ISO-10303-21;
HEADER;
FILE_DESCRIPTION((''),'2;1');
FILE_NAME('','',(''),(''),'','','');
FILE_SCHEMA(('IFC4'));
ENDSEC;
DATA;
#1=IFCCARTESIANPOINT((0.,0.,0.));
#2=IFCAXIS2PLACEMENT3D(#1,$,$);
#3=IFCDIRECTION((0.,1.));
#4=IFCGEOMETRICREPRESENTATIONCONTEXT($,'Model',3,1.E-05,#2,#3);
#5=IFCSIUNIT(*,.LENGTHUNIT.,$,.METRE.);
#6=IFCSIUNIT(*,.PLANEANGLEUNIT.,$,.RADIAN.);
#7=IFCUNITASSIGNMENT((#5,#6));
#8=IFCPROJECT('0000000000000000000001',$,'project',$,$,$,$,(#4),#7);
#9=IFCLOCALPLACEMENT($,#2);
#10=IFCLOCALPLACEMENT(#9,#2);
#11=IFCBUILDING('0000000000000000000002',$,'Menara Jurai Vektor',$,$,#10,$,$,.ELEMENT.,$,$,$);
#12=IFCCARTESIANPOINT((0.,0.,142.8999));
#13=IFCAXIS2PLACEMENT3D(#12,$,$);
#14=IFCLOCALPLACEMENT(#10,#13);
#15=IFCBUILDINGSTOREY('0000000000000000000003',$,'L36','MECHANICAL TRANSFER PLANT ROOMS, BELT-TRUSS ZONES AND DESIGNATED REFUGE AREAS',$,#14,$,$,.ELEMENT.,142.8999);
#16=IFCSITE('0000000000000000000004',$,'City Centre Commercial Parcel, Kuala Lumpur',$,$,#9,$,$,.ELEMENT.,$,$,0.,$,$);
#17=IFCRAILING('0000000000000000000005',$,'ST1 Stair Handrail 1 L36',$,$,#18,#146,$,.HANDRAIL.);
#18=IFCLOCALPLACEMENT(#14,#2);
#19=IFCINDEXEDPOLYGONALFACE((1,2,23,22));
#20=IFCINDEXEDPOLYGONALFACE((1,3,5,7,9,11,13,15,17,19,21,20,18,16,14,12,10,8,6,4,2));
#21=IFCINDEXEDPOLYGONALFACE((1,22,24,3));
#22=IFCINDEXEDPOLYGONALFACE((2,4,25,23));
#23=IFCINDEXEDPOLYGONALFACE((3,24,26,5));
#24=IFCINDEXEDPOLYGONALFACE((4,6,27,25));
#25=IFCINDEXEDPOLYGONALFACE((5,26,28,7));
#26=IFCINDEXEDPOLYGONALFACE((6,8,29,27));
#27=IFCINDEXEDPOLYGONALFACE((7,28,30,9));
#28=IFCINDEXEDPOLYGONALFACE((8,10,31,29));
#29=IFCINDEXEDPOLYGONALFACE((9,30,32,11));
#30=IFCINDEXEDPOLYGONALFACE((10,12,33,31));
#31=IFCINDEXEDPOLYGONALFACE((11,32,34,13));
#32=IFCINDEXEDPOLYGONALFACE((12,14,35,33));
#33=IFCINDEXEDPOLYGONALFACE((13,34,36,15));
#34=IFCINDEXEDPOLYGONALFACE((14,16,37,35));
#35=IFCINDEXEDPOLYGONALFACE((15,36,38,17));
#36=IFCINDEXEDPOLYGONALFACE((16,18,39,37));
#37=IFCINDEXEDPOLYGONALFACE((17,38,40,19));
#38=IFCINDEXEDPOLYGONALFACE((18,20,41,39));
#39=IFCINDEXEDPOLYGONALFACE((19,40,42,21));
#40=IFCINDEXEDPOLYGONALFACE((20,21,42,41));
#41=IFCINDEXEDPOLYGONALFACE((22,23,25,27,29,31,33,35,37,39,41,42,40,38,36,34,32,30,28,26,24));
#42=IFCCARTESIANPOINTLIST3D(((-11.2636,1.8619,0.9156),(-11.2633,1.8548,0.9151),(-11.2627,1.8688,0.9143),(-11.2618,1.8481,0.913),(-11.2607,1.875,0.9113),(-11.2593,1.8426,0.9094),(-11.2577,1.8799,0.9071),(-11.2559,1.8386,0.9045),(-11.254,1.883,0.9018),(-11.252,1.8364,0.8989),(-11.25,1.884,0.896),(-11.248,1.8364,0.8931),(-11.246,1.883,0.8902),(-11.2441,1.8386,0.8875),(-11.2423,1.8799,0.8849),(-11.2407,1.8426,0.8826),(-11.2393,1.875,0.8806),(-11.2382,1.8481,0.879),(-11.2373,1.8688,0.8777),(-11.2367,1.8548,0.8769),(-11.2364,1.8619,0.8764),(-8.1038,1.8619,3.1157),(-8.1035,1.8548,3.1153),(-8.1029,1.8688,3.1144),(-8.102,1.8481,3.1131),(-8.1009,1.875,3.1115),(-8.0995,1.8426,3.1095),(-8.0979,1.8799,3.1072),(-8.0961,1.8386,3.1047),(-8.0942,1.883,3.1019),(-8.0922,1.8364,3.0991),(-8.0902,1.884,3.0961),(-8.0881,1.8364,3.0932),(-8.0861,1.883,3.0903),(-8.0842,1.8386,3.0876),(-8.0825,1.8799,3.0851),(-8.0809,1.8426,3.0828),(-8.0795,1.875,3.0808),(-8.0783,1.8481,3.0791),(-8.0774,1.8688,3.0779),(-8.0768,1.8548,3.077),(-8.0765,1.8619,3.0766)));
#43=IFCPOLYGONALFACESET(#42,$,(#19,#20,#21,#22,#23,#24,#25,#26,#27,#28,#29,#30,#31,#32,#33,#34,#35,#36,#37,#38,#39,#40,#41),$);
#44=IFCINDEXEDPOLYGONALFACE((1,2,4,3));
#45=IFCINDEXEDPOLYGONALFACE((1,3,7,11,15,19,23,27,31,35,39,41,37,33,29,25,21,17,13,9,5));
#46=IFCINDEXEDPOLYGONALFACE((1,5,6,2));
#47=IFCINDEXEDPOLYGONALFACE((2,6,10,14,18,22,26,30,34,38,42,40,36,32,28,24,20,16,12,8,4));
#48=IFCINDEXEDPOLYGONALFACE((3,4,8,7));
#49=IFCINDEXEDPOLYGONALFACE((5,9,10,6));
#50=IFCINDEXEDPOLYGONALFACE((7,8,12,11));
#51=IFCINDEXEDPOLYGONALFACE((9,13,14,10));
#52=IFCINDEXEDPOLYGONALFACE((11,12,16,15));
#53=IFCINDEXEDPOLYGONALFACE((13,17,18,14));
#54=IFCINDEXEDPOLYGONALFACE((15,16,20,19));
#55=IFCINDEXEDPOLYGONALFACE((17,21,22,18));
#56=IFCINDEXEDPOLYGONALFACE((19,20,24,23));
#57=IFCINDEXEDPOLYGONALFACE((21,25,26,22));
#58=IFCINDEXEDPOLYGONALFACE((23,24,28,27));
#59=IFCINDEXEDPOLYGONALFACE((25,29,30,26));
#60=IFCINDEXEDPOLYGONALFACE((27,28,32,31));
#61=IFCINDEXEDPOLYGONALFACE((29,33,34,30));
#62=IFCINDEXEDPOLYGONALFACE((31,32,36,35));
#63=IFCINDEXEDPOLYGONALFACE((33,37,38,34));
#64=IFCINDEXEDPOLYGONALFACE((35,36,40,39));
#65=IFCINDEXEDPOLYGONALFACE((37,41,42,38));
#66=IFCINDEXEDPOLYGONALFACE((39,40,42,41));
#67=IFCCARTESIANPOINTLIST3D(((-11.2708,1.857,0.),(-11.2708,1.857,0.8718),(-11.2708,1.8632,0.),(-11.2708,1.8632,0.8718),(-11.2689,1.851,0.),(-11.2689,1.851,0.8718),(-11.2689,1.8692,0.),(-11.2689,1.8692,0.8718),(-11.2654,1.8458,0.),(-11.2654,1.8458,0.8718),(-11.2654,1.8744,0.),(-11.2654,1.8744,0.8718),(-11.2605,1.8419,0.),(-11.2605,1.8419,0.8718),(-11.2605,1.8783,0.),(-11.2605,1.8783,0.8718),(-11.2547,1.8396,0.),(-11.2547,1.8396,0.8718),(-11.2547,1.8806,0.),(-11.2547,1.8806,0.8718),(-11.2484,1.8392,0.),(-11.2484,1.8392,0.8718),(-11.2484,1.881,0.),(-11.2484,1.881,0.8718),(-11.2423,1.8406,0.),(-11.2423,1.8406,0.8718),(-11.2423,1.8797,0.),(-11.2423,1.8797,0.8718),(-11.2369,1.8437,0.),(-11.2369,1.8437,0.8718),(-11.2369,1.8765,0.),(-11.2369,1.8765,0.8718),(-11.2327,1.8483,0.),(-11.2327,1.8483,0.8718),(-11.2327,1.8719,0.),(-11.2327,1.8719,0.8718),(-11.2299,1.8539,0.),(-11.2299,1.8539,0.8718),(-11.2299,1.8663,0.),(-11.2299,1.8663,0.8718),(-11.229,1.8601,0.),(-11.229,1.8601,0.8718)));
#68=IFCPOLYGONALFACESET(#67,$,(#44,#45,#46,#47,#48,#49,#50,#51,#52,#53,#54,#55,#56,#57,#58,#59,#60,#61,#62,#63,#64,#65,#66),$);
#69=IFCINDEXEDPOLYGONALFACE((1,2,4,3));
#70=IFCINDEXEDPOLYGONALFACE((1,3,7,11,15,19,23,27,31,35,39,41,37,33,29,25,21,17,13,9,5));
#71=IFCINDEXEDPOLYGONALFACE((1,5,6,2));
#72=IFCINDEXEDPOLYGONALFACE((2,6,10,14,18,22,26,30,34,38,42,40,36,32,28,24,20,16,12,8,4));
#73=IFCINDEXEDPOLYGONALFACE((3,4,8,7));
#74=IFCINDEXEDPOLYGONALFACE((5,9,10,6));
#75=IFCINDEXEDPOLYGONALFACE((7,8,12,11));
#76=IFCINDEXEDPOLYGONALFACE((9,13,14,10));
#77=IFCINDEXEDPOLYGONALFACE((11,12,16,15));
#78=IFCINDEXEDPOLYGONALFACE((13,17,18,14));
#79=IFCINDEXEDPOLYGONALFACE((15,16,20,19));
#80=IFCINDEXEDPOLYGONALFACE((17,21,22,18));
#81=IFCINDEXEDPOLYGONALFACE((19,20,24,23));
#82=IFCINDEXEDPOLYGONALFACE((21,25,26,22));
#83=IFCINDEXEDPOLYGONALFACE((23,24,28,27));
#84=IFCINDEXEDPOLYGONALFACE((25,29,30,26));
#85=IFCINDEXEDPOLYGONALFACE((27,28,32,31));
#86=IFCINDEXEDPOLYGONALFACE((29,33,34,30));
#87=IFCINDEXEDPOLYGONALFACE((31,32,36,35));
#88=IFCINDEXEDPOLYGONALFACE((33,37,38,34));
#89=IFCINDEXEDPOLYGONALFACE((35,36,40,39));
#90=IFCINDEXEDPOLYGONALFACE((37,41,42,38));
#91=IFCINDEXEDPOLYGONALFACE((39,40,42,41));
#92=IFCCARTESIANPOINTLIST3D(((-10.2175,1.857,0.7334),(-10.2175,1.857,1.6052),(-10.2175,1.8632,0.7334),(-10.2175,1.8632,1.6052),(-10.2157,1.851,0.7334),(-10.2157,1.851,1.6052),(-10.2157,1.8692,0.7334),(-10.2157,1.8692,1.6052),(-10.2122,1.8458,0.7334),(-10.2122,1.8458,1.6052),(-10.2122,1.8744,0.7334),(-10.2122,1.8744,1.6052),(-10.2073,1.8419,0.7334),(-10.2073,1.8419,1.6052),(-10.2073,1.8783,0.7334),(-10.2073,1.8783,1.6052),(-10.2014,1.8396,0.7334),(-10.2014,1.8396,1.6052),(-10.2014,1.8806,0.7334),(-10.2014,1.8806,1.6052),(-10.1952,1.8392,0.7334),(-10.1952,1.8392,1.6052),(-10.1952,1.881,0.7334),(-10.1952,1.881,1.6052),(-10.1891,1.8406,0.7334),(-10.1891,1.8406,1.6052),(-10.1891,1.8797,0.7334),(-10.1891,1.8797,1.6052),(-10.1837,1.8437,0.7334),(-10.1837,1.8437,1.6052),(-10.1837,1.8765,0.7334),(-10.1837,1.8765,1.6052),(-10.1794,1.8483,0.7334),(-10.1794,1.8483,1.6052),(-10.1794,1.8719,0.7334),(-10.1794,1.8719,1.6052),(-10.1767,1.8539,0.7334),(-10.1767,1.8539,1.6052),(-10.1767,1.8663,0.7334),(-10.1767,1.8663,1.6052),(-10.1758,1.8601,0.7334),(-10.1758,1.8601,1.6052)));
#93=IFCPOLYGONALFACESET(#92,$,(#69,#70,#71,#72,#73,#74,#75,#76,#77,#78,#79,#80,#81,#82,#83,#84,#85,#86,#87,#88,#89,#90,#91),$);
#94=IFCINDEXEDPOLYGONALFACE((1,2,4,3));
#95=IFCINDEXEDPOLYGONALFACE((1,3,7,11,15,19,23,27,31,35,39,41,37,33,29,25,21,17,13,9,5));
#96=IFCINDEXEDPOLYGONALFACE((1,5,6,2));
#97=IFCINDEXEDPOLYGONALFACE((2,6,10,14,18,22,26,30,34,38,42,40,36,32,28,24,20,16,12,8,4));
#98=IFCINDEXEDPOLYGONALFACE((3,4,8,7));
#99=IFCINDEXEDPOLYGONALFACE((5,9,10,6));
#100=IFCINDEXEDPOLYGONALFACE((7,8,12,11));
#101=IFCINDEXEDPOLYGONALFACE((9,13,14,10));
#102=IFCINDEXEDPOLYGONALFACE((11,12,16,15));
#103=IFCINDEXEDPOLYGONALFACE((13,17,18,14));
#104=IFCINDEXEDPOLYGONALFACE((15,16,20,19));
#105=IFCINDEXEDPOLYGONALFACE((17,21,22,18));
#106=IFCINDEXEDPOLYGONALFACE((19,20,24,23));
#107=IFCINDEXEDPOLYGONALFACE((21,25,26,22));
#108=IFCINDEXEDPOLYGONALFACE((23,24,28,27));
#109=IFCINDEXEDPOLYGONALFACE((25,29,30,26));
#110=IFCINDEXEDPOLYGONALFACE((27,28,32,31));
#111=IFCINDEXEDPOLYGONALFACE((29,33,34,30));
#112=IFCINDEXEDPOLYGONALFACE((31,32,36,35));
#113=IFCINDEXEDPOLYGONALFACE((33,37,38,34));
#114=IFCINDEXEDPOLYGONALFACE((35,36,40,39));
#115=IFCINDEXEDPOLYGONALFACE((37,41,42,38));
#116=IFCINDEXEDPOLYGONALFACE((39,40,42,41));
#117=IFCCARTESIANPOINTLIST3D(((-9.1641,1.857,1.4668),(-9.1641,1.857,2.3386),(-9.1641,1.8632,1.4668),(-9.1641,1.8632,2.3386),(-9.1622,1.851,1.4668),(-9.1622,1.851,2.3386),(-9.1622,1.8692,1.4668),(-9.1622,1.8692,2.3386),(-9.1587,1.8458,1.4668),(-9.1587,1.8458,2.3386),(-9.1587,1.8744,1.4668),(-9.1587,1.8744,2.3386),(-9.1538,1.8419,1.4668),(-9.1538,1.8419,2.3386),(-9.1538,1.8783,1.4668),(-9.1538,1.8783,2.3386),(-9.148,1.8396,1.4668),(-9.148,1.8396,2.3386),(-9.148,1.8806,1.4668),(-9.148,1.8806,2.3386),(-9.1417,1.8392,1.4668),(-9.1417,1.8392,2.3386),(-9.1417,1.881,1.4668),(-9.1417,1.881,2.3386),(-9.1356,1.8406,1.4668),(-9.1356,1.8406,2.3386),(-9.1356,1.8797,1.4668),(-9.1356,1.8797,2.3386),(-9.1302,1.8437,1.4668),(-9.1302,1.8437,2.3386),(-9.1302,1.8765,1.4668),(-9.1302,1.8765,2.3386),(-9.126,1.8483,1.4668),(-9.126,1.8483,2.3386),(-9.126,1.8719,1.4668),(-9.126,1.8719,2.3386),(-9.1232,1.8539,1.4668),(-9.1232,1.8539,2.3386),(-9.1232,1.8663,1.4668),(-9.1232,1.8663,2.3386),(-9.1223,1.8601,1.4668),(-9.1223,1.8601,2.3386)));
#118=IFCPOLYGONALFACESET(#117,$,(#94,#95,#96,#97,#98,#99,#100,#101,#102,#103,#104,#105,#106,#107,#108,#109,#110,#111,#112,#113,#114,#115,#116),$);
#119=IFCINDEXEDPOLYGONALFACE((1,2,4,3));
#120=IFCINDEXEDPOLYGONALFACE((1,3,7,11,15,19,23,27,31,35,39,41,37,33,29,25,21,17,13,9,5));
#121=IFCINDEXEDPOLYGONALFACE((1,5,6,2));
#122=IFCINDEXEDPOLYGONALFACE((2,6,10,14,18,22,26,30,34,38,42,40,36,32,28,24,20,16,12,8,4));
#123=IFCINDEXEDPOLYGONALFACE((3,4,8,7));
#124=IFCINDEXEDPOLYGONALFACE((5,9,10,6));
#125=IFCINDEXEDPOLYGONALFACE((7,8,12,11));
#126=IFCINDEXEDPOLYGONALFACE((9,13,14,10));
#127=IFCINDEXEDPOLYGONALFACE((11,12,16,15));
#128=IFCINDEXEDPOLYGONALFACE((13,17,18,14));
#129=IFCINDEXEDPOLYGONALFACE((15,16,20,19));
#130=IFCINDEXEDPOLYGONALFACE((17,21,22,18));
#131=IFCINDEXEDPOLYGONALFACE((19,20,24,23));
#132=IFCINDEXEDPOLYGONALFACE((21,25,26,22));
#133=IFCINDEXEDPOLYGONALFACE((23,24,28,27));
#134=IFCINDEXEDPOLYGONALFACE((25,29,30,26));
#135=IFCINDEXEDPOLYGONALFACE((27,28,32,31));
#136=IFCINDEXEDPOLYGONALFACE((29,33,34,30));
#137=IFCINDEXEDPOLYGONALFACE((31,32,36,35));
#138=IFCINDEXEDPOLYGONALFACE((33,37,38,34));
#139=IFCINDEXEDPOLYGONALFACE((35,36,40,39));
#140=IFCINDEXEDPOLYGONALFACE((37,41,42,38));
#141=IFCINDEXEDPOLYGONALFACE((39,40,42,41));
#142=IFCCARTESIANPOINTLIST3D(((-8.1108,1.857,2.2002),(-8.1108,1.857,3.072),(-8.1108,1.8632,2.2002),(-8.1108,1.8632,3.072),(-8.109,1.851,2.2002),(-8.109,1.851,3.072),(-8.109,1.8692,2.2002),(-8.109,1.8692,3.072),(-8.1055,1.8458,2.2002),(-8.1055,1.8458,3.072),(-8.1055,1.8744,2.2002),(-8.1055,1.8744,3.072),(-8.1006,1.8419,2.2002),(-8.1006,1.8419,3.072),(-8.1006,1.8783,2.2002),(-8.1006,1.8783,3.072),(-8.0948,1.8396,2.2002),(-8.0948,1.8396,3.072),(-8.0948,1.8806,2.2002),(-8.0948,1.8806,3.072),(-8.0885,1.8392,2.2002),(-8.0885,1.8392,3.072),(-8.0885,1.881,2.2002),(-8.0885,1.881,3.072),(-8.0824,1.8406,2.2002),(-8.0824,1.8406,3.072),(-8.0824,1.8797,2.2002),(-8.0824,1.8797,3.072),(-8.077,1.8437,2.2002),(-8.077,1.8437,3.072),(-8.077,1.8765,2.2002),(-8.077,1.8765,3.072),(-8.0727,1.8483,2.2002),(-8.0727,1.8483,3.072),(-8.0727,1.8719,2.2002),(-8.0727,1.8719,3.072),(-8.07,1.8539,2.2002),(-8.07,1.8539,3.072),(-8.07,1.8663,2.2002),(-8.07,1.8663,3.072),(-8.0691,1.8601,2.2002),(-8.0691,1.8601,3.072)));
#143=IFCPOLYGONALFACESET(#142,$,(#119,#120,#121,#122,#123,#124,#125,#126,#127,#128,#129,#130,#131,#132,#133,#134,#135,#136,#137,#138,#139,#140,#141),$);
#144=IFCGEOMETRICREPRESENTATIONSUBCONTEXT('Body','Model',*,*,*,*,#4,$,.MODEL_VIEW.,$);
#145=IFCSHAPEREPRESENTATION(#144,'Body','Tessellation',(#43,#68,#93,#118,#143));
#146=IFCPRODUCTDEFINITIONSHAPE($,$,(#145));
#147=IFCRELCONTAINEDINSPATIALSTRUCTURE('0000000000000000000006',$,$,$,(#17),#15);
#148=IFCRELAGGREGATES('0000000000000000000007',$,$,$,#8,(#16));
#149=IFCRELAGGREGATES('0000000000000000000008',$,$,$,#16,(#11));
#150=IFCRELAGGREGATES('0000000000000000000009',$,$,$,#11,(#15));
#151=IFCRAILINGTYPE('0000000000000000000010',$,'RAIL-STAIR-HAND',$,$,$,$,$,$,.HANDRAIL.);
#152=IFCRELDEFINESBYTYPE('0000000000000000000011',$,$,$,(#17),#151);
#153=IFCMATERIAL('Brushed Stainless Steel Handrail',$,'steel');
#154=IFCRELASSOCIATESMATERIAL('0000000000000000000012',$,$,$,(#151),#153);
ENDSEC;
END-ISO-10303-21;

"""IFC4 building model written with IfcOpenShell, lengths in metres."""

from ifc_helpers import new_model, si_unit, direction, frame, origin, origin_2d, place, context, subcontext, project, spatial, circle, extrude, material, type_object, element, save


model = new_model("IFC4")

# Units and contexts
model_context = context("Model", 3, precision=1e-05, world=origin(), true_north=direction((0.0, 1.0)))
body_context = subcontext(model_context, "Body", "Model", "MODEL_VIEW")
ifc_project = project(units=[si_unit("LENGTHUNIT", "METRE"), si_unit("PLANEANGLEUNIT", "RADIAN")], contexts=[model_context])

# Site, building, storey
site_placement = place(None, origin())
site = spatial("IfcSite", under=ifc_project, at=site_placement, Name="City Centre Commercial Parcel, Kuala Lumpur", CompositionType="ELEMENT", RefElevation=0.0)
building_placement = place(site_placement, origin())
building = spatial("IfcBuilding", under=site, at=building_placement, Name="Menara Jurai Vektor", CompositionType="ELEMENT")
storey_placement = place(building_placement, frame((0.0, 0.0, 142.8999)))
storey = spatial("IfcBuildingStorey", under=building, at=storey_placement, Name="L36", Description="MECHANICAL TRANSFER PLANT ROOMS, BELT-TRUSS ZONES AND DESIGNATED REFUGE AREAS", CompositionType="ELEMENT", Elevation=142.8999)

# Railing
ifc_material_1 = material(Name="Brushed Stainless Steel Handrail", Category="steel")
railing_type_1 = type_object("IfcRailingType", Name="RAIL-STAIR-HAND", PredefinedType="HANDRAIL", material=ifc_material_1)
railing_1_placement = place(storey_placement, frame((-11.25, 1.8601, 0.0)))
element("IfcRailing", 1, at=railing_1_placement, inside=storey, type_object=railing_type_1, Name="ST1 Stair Handrail 1 L36", PredefinedType="HANDRAIL", context=body_context, shape_type="SweptSolid", body=[
    extrude(circle(Radius=0.0239, at=origin_2d()), frame((0.0, 0.0, 0.896), z_axis=(0.820662, 0.0, 0.571414), x_axis=(0.0, 1.0, 0.0)), (0.0, 0.0, 1.0), 3.8503),
    extrude(circle(Radius=0.021, at=origin_2d()), origin(), (0.0, 0.0, 1.0), 0.8718),
    extrude(circle(Radius=0.021, at=origin_2d()), frame((1.0532, 0.0, 0.7334)), (0.0, 0.0, 1.0), 0.8718),
    extrude(circle(Radius=0.021, at=origin_2d()), frame((2.1067, 0.0, 1.4668)), (0.0, 0.0, 1.0), 0.8718),
    extrude(circle(Radius=0.021, at=origin_2d()), frame((3.1599, 0.0, 2.2002)), (0.0, 0.0, 1.0), 0.8718),
])

save(model, "model.ifc")
